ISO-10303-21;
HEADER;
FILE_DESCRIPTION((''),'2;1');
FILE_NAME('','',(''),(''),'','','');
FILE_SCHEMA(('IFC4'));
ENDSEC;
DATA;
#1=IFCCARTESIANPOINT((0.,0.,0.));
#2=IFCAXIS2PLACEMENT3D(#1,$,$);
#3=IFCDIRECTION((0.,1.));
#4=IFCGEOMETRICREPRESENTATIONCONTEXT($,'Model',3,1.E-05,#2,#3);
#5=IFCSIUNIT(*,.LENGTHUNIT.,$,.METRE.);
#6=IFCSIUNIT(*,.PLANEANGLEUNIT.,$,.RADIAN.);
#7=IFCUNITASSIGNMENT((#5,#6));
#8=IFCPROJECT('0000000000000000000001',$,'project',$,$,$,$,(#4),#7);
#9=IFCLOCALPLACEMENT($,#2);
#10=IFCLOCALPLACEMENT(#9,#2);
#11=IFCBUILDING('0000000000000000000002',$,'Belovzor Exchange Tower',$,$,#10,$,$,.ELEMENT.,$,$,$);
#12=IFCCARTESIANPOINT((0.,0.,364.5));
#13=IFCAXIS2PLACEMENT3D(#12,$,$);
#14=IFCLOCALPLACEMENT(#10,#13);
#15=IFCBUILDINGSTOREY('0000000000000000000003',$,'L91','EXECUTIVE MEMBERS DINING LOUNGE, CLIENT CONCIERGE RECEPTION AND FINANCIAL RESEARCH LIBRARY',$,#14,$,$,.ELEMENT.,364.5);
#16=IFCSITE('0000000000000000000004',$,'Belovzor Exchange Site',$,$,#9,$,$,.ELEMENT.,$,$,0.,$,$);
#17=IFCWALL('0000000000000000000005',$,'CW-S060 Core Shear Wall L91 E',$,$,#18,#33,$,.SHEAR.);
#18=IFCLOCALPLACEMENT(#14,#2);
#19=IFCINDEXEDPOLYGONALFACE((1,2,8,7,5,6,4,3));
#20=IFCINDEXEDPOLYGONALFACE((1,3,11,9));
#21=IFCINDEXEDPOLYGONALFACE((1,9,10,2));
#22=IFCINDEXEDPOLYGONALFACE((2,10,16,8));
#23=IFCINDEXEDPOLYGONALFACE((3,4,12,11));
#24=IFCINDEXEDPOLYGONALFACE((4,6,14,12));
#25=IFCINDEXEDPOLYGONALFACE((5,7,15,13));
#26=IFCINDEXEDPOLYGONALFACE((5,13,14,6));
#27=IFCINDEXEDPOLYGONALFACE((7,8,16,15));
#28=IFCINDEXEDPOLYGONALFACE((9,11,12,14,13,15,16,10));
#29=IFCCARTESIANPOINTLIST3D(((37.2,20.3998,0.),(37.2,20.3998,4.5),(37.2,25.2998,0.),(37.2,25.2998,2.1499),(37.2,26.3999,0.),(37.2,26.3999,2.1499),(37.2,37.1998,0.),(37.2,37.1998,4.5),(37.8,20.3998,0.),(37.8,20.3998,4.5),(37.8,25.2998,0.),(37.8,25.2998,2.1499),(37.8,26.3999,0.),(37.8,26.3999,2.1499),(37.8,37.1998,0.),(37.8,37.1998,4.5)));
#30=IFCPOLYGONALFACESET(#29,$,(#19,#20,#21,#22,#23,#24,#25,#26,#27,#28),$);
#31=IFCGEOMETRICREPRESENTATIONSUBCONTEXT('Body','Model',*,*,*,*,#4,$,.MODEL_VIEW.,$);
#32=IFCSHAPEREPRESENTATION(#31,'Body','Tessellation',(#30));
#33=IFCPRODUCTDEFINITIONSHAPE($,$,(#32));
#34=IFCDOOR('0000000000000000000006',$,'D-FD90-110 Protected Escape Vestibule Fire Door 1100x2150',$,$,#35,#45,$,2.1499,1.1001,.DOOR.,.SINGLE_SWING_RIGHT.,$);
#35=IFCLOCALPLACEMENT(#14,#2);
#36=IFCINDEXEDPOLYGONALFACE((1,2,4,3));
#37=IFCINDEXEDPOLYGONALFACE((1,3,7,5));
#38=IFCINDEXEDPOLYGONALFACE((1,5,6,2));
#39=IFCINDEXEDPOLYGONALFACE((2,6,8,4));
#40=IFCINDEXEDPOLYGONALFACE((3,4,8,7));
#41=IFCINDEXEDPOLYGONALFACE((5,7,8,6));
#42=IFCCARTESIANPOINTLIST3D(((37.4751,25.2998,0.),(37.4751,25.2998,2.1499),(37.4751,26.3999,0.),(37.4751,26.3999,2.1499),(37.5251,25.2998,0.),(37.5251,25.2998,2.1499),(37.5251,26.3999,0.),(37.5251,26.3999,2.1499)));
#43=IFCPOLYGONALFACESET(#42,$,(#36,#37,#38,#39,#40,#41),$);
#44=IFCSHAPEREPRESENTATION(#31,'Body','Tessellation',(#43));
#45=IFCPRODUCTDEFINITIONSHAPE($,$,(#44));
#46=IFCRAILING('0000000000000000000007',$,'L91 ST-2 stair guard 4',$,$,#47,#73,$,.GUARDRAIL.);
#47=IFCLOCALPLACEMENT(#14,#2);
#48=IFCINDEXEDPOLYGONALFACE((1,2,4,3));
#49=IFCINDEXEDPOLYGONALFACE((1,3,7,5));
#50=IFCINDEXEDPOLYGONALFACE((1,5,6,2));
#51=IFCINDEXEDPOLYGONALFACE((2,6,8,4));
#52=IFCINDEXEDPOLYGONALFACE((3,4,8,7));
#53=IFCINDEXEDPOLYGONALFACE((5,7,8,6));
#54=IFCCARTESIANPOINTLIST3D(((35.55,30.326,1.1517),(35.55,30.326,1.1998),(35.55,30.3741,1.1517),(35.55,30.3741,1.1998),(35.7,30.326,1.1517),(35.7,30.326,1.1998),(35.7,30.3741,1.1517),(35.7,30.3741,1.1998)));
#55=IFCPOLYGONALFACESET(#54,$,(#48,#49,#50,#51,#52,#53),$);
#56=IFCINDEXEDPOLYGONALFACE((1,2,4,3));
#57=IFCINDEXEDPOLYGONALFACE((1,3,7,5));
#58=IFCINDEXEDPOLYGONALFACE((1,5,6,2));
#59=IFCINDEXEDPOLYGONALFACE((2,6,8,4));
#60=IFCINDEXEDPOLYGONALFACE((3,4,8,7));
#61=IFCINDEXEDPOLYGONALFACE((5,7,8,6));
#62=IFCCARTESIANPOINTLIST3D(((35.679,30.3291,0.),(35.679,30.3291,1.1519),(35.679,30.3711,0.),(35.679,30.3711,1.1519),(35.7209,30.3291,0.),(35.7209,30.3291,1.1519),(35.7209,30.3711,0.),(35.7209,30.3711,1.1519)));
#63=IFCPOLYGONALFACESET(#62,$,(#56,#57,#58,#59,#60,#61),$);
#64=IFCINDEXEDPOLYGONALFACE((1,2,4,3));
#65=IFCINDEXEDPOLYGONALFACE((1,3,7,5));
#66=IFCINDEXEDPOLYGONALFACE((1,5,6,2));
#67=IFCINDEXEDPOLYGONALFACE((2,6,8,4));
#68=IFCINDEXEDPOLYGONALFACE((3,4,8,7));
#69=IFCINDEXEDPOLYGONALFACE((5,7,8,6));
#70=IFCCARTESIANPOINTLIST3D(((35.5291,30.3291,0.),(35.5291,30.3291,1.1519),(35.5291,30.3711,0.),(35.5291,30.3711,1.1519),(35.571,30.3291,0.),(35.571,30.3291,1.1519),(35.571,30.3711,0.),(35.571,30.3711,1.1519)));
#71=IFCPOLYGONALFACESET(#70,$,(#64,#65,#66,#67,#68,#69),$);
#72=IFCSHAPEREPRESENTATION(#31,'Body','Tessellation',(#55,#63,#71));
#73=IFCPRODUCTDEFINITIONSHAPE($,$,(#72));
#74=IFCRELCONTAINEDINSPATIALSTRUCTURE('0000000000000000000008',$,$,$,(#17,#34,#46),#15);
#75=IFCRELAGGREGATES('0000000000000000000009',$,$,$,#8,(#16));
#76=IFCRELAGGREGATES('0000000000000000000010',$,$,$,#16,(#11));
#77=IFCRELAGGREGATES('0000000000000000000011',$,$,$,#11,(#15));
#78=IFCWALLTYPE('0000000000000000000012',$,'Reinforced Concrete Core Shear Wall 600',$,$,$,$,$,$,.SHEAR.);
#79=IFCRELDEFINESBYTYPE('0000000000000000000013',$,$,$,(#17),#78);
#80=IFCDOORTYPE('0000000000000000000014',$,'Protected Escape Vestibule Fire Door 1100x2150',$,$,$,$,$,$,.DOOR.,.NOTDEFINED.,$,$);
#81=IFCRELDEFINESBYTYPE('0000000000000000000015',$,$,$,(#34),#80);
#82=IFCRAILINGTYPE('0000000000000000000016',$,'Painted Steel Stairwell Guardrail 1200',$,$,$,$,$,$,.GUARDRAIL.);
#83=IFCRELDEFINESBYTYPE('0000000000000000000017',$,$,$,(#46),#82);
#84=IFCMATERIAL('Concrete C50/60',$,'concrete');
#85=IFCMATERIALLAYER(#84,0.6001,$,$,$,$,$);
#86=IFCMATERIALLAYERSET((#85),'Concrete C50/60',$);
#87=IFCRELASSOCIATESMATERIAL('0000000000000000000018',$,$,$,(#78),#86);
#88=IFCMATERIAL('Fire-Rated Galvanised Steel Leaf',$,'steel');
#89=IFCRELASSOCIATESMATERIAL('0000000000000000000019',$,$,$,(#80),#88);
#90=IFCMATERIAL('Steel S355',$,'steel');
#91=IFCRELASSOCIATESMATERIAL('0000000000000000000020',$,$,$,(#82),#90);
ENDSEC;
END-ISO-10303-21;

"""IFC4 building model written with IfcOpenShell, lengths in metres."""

from ifc_helpers import new_model, si_unit, direction, frame, frame_2d, origin, origin_2d, place, context, subcontext, project, spatial, rectangle, extrude, material, layer, layer_set, type_object, element, fill, save


model = new_model("IFC4")

# Units and contexts
model_context = context("Model", 3, precision=1e-05, world=origin(), true_north=direction((0.0, 1.0)))
body_context = subcontext(model_context, "Body", "Model", "MODEL_VIEW")
ifc_project = project(units=[si_unit("LENGTHUNIT", "METRE"), si_unit("PLANEANGLEUNIT", "RADIAN")], contexts=[model_context])

# Site, building, storey
site_placement = place(None, origin())
site = spatial("IfcSite", under=ifc_project, at=site_placement, Name="Belovzor Exchange Site", CompositionType="ELEMENT", RefElevation=0.0)
building_placement = place(site_placement, origin())
building = spatial("IfcBuilding", under=site, at=building_placement, Name="Belovzor Exchange Tower", CompositionType="ELEMENT")
storey_placement = place(building_placement, frame((0.0, 0.0, 364.5)))
storey = spatial("IfcBuildingStorey", under=building, at=storey_placement, Name="L91", Description="EXECUTIVE MEMBERS DINING LOUNGE, CLIENT CONCIERGE RECEPTION AND FINANCIAL RESEARCH LIBRARY", CompositionType="ELEMENT", Elevation=364.5)

# Wall, opening, door
ifc_material_1 = material(Name="Concrete C50/60", Category="concrete")
ifc_layer_1 = layer(ifc_material_1, 0.6001)
ifc_layer_set_1 = layer_set([ifc_layer_1], Name="Concrete C50/60")
wall_type_1 = type_object("IfcWallType", Name="Reinforced Concrete Core Shear Wall 600", PredefinedType="SHEAR", material=ifc_layer_set_1)
wall_1_placement = place(storey_placement, frame((37.5, 20.3999, 0.0), z_axis=(0.0, 0.0, 1.0), x_axis=(0.0, 1.0, 0.0)))
wall_1 = element("IfcWall", 1, at=wall_1_placement, inside=storey, type_object=wall_type_1, Name="CW-S060 Core Shear Wall L91 E", PredefinedType="SHEAR", context=body_context, shape_type="SweptSolid", body=[
    extrude(rectangle(XDim=16.8, YDim=0.6001, at=frame_2d((8.3999, 0.0))), origin(), (0.0, 0.0, 1.0), 4.5),
])
opening_1_placement = place(wall_1_placement, frame((4.8999, 0.0, 0.0)))
opening_1 = element("IfcOpeningElement", 2, at=opening_1_placement, cuts=wall_1, PredefinedType="OPENING", context=body_context, shape_type="SweptSolid", body=[
    extrude(rectangle(XDim=1.1001, YDim=2.1499, at=frame_2d((0.55, 1.075))), frame((0.0, 0.3101, 0.0), z_axis=(0.0, -1.0, 0.0), x_axis=(1.0, 0.0, 0.0)), (0.0, 0.0, 1.0), 0.6201),
])
ifc_material_2 = material(Name="Fire-Rated Galvanised Steel Leaf", Category="steel")
door_type_1 = type_object("IfcDoorType", Name="Protected Escape Vestibule Fire Door 1100x2150", OperationType="NOTDEFINED", PredefinedType="DOOR", material=ifc_material_2)
door_1_placement = place(opening_1_placement, origin())
door_1 = element("IfcDoor", 3, at=door_1_placement, inside=storey, type_object=door_type_1, Name="D-FD90-110 Protected Escape Vestibule Fire Door 1100x2150", OperationType="SINGLE_SWING_RIGHT", OverallHeight=2.1499, OverallWidth=1.1001, PredefinedType="DOOR", context=body_context, shape_type="SweptSolid", body=[
    extrude(rectangle(XDim=1.1001, YDim=2.1499, at=frame_2d((0.55, 1.075))), frame((0.0, 0.0249, 0.0), z_axis=(0.0, -1.0, 0.0), x_axis=(1.0, 0.0, 0.0)), (0.0, 0.0, 1.0), 0.05),
])
fill(opening_1, door_1)

# Railing
ifc_material_3 = material(Name="Steel S355", Category="steel")
railing_type = type_object("IfcRailingType", Name="Painted Steel Stairwell Guardrail 1200", PredefinedType="GUARDRAIL", material=ifc_material_3)
railing_placement = place(storey_placement, frame((35.7, 30.3501, 0.0)))
element("IfcRailing", 4, at=railing_placement, inside=storey, type_object=railing_type, Name="L91 ST-2 stair guard 4", PredefinedType="GUARDRAIL", context=body_context, shape_type="SweptSolid", body=[
    extrude(rectangle(XDim=0.0481, YDim=0.0481, at=origin_2d()), frame((0.0, 0.0, 1.1758), z_axis=(-1.0, 0.0, 0.0), x_axis=(0.0, -1.0, 0.0)), (0.0, 0.0, 1.0), 0.1499),
    extrude(rectangle(XDim=0.042, YDim=0.042, at=origin_2d()), origin(), (0.0, 0.0, 1.0), 1.1519),
    extrude(rectangle(XDim=0.042, YDim=0.042, at=origin_2d()), frame((-0.1499, 0.0, 0.0)), (0.0, 0.0, 1.0), 1.1519),
])

save(model, "model.ifc")
